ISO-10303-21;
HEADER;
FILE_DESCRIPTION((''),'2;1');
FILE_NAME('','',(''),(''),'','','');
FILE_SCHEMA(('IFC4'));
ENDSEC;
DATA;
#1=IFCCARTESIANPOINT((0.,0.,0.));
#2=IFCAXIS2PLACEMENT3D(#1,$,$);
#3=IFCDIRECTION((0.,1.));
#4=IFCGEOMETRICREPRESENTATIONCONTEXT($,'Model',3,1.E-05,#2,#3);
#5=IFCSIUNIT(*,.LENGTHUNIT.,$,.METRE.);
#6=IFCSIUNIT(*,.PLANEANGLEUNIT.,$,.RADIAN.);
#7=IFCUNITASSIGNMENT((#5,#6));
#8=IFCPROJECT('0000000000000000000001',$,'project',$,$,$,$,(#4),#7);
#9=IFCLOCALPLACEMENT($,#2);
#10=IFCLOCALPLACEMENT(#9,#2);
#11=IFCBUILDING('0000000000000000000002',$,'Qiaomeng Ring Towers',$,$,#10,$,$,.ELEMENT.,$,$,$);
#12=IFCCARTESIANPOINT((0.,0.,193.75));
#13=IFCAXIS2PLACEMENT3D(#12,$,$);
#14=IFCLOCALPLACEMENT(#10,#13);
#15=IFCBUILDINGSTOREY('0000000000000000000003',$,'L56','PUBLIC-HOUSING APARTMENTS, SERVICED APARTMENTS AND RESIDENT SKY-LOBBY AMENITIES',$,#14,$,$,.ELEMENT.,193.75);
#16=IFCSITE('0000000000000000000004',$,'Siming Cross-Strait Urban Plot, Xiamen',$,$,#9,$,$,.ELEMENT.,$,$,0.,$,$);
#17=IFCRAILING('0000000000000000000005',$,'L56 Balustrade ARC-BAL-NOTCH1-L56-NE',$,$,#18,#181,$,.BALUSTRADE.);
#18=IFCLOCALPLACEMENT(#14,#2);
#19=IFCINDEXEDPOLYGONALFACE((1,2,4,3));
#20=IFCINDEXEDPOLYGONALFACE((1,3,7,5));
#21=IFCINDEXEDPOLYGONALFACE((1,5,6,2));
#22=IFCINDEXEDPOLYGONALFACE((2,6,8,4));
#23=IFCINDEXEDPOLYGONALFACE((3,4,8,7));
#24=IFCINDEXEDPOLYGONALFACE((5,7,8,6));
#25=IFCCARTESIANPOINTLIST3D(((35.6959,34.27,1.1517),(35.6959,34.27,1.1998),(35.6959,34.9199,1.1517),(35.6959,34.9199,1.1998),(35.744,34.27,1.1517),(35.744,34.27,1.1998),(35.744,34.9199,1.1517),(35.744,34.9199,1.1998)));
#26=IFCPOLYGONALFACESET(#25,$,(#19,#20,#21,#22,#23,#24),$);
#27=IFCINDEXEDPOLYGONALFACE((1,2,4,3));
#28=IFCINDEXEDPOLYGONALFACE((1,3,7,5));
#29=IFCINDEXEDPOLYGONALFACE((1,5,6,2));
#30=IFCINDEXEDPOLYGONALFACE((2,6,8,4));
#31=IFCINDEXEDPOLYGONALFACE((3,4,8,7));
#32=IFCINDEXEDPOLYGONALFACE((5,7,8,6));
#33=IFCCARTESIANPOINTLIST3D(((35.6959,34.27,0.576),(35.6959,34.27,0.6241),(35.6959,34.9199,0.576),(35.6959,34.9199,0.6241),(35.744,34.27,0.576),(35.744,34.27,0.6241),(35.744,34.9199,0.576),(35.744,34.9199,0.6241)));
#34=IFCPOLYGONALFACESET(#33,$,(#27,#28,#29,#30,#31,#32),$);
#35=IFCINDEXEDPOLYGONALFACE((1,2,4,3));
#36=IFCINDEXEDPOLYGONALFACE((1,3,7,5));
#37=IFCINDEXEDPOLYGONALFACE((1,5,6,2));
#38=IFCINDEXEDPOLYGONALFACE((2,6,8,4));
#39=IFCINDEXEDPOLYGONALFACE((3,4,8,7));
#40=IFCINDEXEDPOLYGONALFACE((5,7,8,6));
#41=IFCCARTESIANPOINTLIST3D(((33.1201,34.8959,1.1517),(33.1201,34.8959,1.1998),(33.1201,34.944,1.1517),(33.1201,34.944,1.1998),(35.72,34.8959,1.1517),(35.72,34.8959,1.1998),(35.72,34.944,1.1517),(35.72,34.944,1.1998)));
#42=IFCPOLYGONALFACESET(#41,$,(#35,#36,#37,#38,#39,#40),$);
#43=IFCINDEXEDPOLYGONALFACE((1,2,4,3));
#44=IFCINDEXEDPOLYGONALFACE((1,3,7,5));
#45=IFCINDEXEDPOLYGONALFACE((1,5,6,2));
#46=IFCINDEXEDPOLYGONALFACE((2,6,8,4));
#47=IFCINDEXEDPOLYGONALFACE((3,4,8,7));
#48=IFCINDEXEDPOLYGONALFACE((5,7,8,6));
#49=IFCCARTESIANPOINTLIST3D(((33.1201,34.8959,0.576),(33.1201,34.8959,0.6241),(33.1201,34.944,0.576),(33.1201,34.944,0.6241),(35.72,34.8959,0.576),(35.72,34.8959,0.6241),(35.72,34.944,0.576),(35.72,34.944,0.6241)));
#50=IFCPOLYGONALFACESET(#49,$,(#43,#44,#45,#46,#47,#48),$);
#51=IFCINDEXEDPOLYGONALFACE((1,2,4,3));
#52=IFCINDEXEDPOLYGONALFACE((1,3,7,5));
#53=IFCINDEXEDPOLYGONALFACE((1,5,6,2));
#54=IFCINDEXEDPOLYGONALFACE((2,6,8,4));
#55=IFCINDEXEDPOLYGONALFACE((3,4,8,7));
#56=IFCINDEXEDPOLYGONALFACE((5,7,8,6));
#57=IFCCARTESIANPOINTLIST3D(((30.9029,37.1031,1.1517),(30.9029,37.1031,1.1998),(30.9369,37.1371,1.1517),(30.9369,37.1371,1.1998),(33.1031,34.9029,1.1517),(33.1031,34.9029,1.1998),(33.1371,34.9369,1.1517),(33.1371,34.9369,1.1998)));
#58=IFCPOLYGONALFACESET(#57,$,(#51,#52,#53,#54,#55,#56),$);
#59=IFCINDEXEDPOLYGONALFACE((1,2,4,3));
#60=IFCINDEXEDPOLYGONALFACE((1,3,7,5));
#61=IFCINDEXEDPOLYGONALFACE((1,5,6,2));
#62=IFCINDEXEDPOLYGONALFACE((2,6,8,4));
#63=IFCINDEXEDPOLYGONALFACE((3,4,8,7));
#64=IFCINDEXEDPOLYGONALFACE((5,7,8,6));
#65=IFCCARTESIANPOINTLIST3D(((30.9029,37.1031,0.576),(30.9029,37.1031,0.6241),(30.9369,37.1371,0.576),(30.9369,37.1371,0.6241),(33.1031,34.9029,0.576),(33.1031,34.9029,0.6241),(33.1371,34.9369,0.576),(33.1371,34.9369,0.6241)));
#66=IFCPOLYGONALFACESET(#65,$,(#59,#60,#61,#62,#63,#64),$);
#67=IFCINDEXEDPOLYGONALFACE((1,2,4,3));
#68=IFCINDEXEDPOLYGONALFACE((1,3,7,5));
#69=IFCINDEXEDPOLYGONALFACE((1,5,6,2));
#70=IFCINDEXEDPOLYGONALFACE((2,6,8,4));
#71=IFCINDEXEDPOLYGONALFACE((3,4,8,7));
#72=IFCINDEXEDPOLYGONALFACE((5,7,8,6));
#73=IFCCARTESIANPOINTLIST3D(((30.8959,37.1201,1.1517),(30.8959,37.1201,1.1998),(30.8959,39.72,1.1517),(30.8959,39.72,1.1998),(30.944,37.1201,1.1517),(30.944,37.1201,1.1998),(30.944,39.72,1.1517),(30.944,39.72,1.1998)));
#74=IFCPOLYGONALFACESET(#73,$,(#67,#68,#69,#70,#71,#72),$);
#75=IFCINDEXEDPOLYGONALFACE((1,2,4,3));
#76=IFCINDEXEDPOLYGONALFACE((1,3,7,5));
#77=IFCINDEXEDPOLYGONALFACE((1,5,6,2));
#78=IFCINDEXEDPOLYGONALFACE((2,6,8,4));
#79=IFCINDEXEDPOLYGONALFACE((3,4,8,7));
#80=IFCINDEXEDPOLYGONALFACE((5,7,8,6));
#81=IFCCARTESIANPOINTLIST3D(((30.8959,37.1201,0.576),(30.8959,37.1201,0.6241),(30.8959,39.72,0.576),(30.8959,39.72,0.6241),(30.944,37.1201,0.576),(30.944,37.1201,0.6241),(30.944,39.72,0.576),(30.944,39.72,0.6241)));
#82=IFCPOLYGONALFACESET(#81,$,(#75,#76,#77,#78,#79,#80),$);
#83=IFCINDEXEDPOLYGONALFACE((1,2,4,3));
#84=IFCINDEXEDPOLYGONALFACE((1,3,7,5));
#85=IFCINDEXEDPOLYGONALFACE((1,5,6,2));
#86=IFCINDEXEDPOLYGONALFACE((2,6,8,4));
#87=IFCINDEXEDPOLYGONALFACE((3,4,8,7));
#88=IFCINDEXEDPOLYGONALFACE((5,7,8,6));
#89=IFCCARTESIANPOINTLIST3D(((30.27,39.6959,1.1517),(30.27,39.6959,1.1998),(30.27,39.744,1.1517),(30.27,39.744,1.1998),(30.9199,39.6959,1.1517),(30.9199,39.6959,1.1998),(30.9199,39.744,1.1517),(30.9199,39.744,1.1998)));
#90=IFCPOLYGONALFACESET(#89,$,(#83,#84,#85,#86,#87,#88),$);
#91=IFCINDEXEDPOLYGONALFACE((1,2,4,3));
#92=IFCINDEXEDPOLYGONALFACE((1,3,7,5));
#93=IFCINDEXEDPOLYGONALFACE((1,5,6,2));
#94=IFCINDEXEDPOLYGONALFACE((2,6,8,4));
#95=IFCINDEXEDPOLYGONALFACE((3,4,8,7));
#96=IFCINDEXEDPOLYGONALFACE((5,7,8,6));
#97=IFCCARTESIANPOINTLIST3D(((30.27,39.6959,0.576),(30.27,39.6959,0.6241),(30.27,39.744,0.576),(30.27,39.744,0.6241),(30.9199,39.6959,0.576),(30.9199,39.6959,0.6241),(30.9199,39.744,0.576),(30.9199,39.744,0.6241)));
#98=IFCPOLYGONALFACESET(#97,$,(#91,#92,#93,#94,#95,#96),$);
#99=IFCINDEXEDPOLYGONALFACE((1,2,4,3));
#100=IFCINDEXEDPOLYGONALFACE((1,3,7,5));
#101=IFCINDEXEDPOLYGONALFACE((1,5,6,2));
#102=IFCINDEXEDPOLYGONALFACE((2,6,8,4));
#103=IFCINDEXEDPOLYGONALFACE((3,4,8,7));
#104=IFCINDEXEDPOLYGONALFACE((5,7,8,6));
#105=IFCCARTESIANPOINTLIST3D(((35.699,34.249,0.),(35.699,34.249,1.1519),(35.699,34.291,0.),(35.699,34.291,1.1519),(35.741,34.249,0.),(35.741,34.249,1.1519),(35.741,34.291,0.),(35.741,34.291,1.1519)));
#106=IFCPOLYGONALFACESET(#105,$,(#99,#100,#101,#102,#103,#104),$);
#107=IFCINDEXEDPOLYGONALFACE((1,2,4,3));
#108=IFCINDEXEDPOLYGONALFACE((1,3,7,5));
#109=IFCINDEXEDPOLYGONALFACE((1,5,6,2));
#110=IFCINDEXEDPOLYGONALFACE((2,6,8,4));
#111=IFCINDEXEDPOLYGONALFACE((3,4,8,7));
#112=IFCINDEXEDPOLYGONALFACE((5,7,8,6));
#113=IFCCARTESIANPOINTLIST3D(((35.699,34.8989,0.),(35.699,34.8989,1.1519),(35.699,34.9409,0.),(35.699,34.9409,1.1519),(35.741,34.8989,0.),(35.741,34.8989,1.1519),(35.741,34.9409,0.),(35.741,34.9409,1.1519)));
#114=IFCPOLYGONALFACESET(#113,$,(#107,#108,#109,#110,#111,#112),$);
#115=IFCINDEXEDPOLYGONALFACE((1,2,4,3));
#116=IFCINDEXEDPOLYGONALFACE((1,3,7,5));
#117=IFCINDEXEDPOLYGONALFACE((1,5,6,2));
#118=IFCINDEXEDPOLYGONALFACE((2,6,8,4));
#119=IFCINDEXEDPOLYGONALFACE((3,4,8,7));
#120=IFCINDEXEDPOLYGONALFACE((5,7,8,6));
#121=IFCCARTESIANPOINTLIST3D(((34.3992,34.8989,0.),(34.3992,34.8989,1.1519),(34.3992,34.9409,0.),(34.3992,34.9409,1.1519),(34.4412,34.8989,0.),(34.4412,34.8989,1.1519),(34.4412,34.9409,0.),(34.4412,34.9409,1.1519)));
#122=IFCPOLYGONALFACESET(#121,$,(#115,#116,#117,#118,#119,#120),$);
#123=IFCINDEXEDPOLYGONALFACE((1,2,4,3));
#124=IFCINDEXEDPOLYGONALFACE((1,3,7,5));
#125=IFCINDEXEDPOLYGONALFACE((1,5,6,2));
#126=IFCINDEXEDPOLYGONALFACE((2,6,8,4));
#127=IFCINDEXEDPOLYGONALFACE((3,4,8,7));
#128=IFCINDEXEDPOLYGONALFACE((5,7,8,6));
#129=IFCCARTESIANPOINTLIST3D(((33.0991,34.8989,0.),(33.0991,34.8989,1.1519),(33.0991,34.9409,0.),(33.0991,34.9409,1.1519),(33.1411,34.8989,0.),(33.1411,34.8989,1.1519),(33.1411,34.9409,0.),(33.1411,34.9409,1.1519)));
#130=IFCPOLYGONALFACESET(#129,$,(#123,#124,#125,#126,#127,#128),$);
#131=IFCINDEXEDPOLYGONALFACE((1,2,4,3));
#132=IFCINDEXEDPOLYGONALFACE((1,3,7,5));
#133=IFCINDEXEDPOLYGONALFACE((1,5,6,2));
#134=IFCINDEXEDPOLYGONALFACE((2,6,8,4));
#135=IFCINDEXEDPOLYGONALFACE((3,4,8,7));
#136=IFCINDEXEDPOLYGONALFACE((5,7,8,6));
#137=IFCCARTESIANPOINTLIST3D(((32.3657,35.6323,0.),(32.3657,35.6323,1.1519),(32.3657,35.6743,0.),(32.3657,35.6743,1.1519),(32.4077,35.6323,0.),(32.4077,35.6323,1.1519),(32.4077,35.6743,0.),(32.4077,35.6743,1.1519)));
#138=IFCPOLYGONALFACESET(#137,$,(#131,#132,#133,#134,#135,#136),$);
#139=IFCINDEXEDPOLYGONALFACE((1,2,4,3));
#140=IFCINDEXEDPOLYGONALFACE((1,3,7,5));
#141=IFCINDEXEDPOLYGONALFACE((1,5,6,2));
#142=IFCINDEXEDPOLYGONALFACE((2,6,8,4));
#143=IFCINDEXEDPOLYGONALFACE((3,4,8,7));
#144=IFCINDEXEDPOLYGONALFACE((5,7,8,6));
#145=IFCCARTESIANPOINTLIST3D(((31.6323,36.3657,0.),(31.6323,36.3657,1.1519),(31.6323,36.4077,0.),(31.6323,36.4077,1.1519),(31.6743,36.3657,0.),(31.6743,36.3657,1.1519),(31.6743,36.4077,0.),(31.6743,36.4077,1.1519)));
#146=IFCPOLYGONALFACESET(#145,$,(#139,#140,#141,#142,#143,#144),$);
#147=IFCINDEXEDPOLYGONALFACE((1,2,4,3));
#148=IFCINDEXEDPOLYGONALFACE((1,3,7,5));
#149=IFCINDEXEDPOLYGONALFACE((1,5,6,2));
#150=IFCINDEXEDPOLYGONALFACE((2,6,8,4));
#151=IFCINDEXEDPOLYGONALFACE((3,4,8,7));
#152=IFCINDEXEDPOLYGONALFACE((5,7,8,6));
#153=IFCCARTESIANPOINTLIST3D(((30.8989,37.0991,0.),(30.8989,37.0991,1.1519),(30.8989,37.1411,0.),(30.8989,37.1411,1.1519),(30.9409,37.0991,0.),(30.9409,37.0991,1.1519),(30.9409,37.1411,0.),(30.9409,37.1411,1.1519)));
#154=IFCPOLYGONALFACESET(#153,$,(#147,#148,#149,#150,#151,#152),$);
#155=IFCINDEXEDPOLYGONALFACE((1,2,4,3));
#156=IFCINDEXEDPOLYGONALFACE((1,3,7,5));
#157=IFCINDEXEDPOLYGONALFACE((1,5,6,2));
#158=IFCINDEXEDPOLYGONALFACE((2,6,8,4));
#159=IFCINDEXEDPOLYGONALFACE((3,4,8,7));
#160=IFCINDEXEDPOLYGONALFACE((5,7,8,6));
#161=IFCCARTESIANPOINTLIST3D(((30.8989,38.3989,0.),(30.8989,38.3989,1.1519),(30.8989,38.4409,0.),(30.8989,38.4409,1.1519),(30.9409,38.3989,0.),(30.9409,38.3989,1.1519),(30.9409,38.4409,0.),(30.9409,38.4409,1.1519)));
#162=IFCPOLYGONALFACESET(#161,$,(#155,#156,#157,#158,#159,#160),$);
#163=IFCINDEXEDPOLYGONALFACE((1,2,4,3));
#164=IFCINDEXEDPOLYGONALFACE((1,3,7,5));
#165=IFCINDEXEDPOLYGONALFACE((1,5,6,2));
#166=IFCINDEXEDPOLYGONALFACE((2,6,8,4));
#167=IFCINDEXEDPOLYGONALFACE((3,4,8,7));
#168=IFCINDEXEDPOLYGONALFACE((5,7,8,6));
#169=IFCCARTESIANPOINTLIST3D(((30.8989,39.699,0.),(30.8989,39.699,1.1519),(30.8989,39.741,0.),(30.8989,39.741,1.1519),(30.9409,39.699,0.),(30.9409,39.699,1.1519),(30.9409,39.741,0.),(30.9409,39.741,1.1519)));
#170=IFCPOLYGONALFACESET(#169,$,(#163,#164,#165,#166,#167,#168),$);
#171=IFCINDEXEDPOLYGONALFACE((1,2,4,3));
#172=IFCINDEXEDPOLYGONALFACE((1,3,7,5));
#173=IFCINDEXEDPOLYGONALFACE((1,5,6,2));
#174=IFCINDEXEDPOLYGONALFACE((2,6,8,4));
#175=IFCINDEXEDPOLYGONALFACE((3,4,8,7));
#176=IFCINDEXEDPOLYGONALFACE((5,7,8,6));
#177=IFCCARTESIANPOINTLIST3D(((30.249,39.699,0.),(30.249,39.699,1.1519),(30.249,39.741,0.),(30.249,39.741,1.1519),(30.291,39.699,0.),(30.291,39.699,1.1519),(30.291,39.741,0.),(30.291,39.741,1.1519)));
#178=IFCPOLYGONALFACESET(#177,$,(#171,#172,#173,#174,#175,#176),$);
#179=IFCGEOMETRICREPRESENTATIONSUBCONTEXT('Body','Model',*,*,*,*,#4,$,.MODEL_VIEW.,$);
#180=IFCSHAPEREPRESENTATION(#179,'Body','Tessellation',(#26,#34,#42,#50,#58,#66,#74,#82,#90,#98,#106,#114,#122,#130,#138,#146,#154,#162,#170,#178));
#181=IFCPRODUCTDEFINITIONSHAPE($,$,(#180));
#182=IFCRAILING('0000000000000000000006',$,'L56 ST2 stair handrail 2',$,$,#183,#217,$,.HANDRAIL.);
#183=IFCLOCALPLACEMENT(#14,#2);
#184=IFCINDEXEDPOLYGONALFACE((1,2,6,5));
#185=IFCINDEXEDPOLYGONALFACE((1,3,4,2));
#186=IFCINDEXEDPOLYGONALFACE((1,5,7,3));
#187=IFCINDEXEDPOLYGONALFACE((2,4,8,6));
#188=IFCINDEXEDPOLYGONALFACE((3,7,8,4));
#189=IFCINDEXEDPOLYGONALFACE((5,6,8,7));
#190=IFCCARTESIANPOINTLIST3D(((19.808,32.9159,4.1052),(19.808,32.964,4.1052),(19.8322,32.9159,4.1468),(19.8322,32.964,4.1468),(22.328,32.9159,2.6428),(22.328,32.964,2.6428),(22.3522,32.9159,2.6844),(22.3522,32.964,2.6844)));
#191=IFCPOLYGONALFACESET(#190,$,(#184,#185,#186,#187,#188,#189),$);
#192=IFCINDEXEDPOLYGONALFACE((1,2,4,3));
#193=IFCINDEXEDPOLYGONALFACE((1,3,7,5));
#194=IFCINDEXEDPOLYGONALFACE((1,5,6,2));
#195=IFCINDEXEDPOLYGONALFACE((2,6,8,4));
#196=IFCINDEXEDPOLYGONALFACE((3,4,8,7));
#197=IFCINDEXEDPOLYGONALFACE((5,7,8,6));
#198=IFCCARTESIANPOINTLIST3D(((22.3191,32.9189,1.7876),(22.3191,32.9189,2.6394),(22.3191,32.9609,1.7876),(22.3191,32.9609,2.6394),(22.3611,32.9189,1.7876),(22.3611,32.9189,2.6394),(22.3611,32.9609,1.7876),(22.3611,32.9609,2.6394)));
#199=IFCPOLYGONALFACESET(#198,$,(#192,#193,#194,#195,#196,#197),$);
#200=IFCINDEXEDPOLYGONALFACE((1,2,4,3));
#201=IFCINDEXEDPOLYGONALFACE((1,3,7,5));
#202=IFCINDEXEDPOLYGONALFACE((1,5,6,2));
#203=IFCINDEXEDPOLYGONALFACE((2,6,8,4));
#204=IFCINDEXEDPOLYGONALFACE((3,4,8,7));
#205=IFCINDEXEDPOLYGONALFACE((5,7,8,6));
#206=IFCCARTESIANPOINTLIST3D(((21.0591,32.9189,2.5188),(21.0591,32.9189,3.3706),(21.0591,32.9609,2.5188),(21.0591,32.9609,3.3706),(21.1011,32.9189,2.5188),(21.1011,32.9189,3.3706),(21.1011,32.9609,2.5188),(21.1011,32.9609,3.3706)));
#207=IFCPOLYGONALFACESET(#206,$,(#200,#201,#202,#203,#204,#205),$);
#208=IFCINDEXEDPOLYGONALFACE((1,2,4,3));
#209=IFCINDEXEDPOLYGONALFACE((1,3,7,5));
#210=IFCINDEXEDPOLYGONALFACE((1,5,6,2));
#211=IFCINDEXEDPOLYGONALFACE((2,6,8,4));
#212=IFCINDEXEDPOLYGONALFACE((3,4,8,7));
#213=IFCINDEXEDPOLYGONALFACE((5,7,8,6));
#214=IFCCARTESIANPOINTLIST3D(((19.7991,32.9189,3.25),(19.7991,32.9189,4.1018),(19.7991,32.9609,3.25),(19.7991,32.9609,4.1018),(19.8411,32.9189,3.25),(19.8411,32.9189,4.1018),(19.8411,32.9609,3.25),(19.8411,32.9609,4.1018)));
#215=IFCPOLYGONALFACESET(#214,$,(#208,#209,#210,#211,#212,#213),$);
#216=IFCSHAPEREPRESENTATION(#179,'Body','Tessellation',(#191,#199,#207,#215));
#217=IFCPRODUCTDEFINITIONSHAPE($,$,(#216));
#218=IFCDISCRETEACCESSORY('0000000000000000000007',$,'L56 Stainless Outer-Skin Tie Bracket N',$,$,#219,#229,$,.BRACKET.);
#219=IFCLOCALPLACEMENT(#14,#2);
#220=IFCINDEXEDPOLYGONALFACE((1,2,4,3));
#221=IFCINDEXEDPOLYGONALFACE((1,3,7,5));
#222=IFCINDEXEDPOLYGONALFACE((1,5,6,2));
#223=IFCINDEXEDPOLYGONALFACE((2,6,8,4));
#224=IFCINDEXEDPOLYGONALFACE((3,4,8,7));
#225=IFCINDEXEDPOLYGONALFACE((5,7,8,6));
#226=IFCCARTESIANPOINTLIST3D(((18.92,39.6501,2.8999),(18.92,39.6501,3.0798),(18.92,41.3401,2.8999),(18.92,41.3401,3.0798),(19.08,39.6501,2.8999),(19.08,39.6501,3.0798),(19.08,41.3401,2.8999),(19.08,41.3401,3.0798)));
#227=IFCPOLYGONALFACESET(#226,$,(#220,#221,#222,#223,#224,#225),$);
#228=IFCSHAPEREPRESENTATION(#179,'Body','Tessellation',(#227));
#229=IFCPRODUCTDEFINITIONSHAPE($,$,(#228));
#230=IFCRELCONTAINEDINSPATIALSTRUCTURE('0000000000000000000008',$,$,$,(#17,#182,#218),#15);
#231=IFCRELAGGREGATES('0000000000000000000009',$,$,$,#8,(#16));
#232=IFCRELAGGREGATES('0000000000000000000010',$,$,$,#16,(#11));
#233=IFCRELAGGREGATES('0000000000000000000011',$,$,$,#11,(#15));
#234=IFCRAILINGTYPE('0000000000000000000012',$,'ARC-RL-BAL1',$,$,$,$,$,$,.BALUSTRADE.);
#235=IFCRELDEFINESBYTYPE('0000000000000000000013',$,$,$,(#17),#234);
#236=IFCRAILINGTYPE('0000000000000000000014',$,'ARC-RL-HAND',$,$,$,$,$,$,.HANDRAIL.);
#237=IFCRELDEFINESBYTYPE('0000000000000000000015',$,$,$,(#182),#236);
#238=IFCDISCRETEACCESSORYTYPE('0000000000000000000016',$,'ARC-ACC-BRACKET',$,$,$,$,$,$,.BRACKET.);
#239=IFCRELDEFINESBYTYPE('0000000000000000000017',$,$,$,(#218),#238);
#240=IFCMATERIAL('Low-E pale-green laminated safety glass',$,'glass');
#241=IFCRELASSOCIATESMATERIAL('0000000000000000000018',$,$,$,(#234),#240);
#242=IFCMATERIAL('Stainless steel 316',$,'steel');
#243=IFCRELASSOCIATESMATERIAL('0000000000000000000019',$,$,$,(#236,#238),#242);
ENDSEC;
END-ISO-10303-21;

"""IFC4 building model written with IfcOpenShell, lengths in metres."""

from ifc_helpers import new_model, si_unit, direction, frame, origin, origin_2d, place, context, subcontext, project, spatial, rectangle, extrude, source, transform, mapped, material, type_object, element, save


model = new_model("IFC4")

# Units and contexts
model_context = context("Model", 3, precision=1e-05, world=origin(), true_north=direction((0.0, 1.0)))
body_context = subcontext(model_context, "Body", "Model", "MODEL_VIEW")
ifc_project = project(units=[si_unit("LENGTHUNIT", "METRE"), si_unit("PLANEANGLEUNIT", "RADIAN")], contexts=[model_context])

# Site, building, storey
site_placement = place(None, origin())
site = spatial("IfcSite", under=ifc_project, at=site_placement, Name="Siming Cross-Strait Urban Plot, Xiamen", CompositionType="ELEMENT", RefElevation=0.0)
building_placement = place(site_placement, origin())
building = spatial("IfcBuilding", under=site, at=building_placement, Name="Qiaomeng Ring Towers", CompositionType="ELEMENT")
storey_placement = place(building_placement, frame((0.0, 0.0, 193.75)))
storey = spatial("IfcBuildingStorey", under=building, at=storey_placement, Name="L56", Description="PUBLIC-HOUSING APARTMENTS, SERVICED APARTMENTS AND RESIDENT SKY-LOBBY AMENITIES", CompositionType="ELEMENT", Elevation=193.75)

# Railings
ifc_material_1 = material(Name="Low-E pale-green laminated safety glass", Category="glass")
railing_type_1 = type_object("IfcRailingType", Name="ARC-RL-BAL1", PredefinedType="BALUSTRADE", material=ifc_material_1)
railing_1_placement = place(storey_placement, frame((35.72, 34.27, 0.0)))
element("IfcRailing", 1, at=railing_1_placement, inside=storey, type_object=railing_type_1, Name="L56 Balustrade ARC-BAL-NOTCH1-L56-NE", PredefinedType="BALUSTRADE", context=body_context, shape_type="SweptSolid", body=[
    extrude(rectangle(XDim=0.0481, YDim=0.0481, at=origin_2d()), frame((0.0, 0.0, 1.1758), z_axis=(0.0, 1.0, 0.0), x_axis=(-1.0, 0.0, 0.0)), (0.0, 0.0, 1.0), 0.6499),
    extrude(rectangle(XDim=0.0481, YDim=0.0481, at=origin_2d()), frame((0.0, 0.0, 0.6001), z_axis=(0.0, 1.0, 0.0), x_axis=(-1.0, 0.0, 0.0)), (0.0, 0.0, 1.0), 0.6499),
    extrude(rectangle(XDim=0.0481, YDim=0.0481, at=origin_2d()), frame((0.0, 0.6499, 1.1758), z_axis=(-1.0, 0.0, 0.0), x_axis=(0.0, -1.0, 0.0)), (0.0, 0.0, 1.0), 2.5999),
    extrude(rectangle(XDim=0.0481, YDim=0.0481, at=origin_2d()), frame((0.0, 0.6499, 0.6001), z_axis=(-1.0, 0.0, 0.0), x_axis=(0.0, -1.0, 0.0)), (0.0, 0.0, 1.0), 2.5999),
    extrude(rectangle(XDim=0.0481, YDim=0.0481, at=origin_2d()), frame((-2.5999, 0.6499, 1.1758), z_axis=(-0.707107, 0.707107, 0.0), x_axis=(-0.707107, -0.707107, 0.0)), (0.0, 0.0, 1.0), 3.1116),
    extrude(rectangle(XDim=0.0481, YDim=0.0481, at=origin_2d()), frame((-2.5999, 0.6499, 0.6001), z_axis=(-0.707107, 0.707107, 0.0), x_axis=(-0.707107, -0.707107, 0.0)), (0.0, 0.0, 1.0), 3.1116),
    extrude(rectangle(XDim=0.0481, YDim=0.0481, at=origin_2d()), frame((-4.8, 2.8501, 1.1758), z_axis=(0.0, 1.0, 0.0), x_axis=(-1.0, 0.0, 0.0)), (0.0, 0.0, 1.0), 2.5999),
    extrude(rectangle(XDim=0.0481, YDim=0.0481, at=origin_2d()), frame((-4.8, 2.8501, 0.6001), z_axis=(0.0, 1.0, 0.0), x_axis=(-1.0, 0.0, 0.0)), (0.0, 0.0, 1.0), 2.5999),
    extrude(rectangle(XDim=0.0481, YDim=0.0481, at=origin_2d()), frame((-4.8, 5.45, 1.1758), z_axis=(-1.0, 0.0, 0.0), x_axis=(0.0, -1.0, 0.0)), (0.0, 0.0, 1.0), 0.6499),
    extrude(rectangle(XDim=0.0481, YDim=0.0481, at=origin_2d()), frame((-4.8, 5.45, 0.6001), z_axis=(-1.0, 0.0, 0.0), x_axis=(0.0, -1.0, 0.0)), (0.0, 0.0, 1.0), 0.6499),
    extrude(rectangle(XDim=0.042, YDim=0.042, at=origin_2d()), origin(), (0.0, 0.0, 1.0), 1.1519),
    extrude(rectangle(XDim=0.042, YDim=0.042, at=origin_2d()), frame((0.0, 0.6499, 0.0)), (0.0, 0.0, 1.0), 1.1519),
    extrude(rectangle(XDim=0.042, YDim=0.042, at=origin_2d()), frame((-1.2998, 0.6499, 0.0)), (0.0, 0.0, 1.0), 1.1519),
    extrude(rectangle(XDim=0.042, YDim=0.042, at=origin_2d()), frame((-2.5999, 0.6499, 0.0)), (0.0, 0.0, 1.0), 1.1519),
    extrude(rectangle(XDim=0.042, YDim=0.042, at=origin_2d()), frame((-3.3333, 1.3833, 0.0)), (0.0, 0.0, 1.0), 1.1519),
    extrude(rectangle(XDim=0.042, YDim=0.042, at=origin_2d()), frame((-4.0667, 2.1167, 0.0)), (0.0, 0.0, 1.0), 1.1519),
    extrude(rectangle(XDim=0.042, YDim=0.042, at=origin_2d()), frame((-4.8, 2.8501, 0.0)), (0.0, 0.0, 1.0), 1.1519),
    extrude(rectangle(XDim=0.042, YDim=0.042, at=origin_2d()), frame((-4.8, 4.1499, 0.0)), (0.0, 0.0, 1.0), 1.1519),
    extrude(rectangle(XDim=0.042, YDim=0.042, at=origin_2d()), frame((-4.8, 5.45, 0.0)), (0.0, 0.0, 1.0), 1.1519),
    extrude(rectangle(XDim=0.042, YDim=0.042, at=origin_2d()), frame((-5.45, 5.45, 0.0)), (0.0, 0.0, 1.0), 1.1519),
])
ifc_material_2 = material(Name="Stainless steel 316", Category="steel")
railing_type_2 = type_object("IfcRailingType", Name="ARC-RL-HAND", PredefinedType="HANDRAIL", material=ifc_material_2)
railing_2_placement = place(storey_placement, frame((22.3401, 32.9399, 1.7876)))
element("IfcRailing", 2, at=railing_2_placement, inside=storey, type_object=railing_type_2, Name="L56 ST2 stair handrail 2", PredefinedType="HANDRAIL", context=body_context, shape_type="SweptSolid", body=[
    extrude(rectangle(XDim=0.0481, YDim=0.0481, at=origin_2d()), frame((0.0, 0.0, 0.876), z_axis=(-0.864913, 0.0, 0.501921), x_axis=(0.0, -1.0, 0.0)), (0.0, 0.0, 1.0), 2.9136),
    extrude(rectangle(XDim=0.042, YDim=0.042, at=origin_2d()), origin(), (0.0, 0.0, 1.0), 0.8518),
    extrude(rectangle(XDim=0.042, YDim=0.042, at=origin_2d()), frame((-1.26, 0.0, 0.7312)), (0.0, 0.0, 1.0), 0.8518),
    extrude(rectangle(XDim=0.042, YDim=0.042, at=origin_2d()), frame((-2.52, 0.0, 1.4624)), (0.0, 0.0, 1.0), 0.8518),
])

# Discrete accessory
discrete_accessory_type = type_object("IfcDiscreteAccessoryType", Name="ARC-ACC-BRACKET", PredefinedType="BRACKET", material=ifc_material_2)
shared_shape_1 = source(origin(), body_context, "Body", "SweptSolid", [
    extrude(rectangle(XDim=0.1599, YDim=1.6899, at=origin_2d()), origin(), (0.0, 0.0, 1.0), 0.1799),
])
discrete_accessory_placement = place(storey_placement, frame((19.0, 40.4951, 2.8999), z_axis=(0.0, 0.0, 1.0), x_axis=(1.0, 0.0, 0.0)))
element("IfcDiscreteAccessory", 3, at=discrete_accessory_placement, inside=storey, type_object=discrete_accessory_type, Name="L56 Stainless Outer-Skin Tie Bracket N", PredefinedType="BRACKET", context=body_context, shape_type="MappedRepresentation", body=[
    mapped(shared_shape_1, transform((0.0, 0.0, 0.0), x_axis=(1.0, 0.0, 0.0), y_axis=(0.0, 1.0, 0.0), z_axis=(0.0, 0.0, 1.0), scale=1.0)),
])

save(model, "model.ifc")
